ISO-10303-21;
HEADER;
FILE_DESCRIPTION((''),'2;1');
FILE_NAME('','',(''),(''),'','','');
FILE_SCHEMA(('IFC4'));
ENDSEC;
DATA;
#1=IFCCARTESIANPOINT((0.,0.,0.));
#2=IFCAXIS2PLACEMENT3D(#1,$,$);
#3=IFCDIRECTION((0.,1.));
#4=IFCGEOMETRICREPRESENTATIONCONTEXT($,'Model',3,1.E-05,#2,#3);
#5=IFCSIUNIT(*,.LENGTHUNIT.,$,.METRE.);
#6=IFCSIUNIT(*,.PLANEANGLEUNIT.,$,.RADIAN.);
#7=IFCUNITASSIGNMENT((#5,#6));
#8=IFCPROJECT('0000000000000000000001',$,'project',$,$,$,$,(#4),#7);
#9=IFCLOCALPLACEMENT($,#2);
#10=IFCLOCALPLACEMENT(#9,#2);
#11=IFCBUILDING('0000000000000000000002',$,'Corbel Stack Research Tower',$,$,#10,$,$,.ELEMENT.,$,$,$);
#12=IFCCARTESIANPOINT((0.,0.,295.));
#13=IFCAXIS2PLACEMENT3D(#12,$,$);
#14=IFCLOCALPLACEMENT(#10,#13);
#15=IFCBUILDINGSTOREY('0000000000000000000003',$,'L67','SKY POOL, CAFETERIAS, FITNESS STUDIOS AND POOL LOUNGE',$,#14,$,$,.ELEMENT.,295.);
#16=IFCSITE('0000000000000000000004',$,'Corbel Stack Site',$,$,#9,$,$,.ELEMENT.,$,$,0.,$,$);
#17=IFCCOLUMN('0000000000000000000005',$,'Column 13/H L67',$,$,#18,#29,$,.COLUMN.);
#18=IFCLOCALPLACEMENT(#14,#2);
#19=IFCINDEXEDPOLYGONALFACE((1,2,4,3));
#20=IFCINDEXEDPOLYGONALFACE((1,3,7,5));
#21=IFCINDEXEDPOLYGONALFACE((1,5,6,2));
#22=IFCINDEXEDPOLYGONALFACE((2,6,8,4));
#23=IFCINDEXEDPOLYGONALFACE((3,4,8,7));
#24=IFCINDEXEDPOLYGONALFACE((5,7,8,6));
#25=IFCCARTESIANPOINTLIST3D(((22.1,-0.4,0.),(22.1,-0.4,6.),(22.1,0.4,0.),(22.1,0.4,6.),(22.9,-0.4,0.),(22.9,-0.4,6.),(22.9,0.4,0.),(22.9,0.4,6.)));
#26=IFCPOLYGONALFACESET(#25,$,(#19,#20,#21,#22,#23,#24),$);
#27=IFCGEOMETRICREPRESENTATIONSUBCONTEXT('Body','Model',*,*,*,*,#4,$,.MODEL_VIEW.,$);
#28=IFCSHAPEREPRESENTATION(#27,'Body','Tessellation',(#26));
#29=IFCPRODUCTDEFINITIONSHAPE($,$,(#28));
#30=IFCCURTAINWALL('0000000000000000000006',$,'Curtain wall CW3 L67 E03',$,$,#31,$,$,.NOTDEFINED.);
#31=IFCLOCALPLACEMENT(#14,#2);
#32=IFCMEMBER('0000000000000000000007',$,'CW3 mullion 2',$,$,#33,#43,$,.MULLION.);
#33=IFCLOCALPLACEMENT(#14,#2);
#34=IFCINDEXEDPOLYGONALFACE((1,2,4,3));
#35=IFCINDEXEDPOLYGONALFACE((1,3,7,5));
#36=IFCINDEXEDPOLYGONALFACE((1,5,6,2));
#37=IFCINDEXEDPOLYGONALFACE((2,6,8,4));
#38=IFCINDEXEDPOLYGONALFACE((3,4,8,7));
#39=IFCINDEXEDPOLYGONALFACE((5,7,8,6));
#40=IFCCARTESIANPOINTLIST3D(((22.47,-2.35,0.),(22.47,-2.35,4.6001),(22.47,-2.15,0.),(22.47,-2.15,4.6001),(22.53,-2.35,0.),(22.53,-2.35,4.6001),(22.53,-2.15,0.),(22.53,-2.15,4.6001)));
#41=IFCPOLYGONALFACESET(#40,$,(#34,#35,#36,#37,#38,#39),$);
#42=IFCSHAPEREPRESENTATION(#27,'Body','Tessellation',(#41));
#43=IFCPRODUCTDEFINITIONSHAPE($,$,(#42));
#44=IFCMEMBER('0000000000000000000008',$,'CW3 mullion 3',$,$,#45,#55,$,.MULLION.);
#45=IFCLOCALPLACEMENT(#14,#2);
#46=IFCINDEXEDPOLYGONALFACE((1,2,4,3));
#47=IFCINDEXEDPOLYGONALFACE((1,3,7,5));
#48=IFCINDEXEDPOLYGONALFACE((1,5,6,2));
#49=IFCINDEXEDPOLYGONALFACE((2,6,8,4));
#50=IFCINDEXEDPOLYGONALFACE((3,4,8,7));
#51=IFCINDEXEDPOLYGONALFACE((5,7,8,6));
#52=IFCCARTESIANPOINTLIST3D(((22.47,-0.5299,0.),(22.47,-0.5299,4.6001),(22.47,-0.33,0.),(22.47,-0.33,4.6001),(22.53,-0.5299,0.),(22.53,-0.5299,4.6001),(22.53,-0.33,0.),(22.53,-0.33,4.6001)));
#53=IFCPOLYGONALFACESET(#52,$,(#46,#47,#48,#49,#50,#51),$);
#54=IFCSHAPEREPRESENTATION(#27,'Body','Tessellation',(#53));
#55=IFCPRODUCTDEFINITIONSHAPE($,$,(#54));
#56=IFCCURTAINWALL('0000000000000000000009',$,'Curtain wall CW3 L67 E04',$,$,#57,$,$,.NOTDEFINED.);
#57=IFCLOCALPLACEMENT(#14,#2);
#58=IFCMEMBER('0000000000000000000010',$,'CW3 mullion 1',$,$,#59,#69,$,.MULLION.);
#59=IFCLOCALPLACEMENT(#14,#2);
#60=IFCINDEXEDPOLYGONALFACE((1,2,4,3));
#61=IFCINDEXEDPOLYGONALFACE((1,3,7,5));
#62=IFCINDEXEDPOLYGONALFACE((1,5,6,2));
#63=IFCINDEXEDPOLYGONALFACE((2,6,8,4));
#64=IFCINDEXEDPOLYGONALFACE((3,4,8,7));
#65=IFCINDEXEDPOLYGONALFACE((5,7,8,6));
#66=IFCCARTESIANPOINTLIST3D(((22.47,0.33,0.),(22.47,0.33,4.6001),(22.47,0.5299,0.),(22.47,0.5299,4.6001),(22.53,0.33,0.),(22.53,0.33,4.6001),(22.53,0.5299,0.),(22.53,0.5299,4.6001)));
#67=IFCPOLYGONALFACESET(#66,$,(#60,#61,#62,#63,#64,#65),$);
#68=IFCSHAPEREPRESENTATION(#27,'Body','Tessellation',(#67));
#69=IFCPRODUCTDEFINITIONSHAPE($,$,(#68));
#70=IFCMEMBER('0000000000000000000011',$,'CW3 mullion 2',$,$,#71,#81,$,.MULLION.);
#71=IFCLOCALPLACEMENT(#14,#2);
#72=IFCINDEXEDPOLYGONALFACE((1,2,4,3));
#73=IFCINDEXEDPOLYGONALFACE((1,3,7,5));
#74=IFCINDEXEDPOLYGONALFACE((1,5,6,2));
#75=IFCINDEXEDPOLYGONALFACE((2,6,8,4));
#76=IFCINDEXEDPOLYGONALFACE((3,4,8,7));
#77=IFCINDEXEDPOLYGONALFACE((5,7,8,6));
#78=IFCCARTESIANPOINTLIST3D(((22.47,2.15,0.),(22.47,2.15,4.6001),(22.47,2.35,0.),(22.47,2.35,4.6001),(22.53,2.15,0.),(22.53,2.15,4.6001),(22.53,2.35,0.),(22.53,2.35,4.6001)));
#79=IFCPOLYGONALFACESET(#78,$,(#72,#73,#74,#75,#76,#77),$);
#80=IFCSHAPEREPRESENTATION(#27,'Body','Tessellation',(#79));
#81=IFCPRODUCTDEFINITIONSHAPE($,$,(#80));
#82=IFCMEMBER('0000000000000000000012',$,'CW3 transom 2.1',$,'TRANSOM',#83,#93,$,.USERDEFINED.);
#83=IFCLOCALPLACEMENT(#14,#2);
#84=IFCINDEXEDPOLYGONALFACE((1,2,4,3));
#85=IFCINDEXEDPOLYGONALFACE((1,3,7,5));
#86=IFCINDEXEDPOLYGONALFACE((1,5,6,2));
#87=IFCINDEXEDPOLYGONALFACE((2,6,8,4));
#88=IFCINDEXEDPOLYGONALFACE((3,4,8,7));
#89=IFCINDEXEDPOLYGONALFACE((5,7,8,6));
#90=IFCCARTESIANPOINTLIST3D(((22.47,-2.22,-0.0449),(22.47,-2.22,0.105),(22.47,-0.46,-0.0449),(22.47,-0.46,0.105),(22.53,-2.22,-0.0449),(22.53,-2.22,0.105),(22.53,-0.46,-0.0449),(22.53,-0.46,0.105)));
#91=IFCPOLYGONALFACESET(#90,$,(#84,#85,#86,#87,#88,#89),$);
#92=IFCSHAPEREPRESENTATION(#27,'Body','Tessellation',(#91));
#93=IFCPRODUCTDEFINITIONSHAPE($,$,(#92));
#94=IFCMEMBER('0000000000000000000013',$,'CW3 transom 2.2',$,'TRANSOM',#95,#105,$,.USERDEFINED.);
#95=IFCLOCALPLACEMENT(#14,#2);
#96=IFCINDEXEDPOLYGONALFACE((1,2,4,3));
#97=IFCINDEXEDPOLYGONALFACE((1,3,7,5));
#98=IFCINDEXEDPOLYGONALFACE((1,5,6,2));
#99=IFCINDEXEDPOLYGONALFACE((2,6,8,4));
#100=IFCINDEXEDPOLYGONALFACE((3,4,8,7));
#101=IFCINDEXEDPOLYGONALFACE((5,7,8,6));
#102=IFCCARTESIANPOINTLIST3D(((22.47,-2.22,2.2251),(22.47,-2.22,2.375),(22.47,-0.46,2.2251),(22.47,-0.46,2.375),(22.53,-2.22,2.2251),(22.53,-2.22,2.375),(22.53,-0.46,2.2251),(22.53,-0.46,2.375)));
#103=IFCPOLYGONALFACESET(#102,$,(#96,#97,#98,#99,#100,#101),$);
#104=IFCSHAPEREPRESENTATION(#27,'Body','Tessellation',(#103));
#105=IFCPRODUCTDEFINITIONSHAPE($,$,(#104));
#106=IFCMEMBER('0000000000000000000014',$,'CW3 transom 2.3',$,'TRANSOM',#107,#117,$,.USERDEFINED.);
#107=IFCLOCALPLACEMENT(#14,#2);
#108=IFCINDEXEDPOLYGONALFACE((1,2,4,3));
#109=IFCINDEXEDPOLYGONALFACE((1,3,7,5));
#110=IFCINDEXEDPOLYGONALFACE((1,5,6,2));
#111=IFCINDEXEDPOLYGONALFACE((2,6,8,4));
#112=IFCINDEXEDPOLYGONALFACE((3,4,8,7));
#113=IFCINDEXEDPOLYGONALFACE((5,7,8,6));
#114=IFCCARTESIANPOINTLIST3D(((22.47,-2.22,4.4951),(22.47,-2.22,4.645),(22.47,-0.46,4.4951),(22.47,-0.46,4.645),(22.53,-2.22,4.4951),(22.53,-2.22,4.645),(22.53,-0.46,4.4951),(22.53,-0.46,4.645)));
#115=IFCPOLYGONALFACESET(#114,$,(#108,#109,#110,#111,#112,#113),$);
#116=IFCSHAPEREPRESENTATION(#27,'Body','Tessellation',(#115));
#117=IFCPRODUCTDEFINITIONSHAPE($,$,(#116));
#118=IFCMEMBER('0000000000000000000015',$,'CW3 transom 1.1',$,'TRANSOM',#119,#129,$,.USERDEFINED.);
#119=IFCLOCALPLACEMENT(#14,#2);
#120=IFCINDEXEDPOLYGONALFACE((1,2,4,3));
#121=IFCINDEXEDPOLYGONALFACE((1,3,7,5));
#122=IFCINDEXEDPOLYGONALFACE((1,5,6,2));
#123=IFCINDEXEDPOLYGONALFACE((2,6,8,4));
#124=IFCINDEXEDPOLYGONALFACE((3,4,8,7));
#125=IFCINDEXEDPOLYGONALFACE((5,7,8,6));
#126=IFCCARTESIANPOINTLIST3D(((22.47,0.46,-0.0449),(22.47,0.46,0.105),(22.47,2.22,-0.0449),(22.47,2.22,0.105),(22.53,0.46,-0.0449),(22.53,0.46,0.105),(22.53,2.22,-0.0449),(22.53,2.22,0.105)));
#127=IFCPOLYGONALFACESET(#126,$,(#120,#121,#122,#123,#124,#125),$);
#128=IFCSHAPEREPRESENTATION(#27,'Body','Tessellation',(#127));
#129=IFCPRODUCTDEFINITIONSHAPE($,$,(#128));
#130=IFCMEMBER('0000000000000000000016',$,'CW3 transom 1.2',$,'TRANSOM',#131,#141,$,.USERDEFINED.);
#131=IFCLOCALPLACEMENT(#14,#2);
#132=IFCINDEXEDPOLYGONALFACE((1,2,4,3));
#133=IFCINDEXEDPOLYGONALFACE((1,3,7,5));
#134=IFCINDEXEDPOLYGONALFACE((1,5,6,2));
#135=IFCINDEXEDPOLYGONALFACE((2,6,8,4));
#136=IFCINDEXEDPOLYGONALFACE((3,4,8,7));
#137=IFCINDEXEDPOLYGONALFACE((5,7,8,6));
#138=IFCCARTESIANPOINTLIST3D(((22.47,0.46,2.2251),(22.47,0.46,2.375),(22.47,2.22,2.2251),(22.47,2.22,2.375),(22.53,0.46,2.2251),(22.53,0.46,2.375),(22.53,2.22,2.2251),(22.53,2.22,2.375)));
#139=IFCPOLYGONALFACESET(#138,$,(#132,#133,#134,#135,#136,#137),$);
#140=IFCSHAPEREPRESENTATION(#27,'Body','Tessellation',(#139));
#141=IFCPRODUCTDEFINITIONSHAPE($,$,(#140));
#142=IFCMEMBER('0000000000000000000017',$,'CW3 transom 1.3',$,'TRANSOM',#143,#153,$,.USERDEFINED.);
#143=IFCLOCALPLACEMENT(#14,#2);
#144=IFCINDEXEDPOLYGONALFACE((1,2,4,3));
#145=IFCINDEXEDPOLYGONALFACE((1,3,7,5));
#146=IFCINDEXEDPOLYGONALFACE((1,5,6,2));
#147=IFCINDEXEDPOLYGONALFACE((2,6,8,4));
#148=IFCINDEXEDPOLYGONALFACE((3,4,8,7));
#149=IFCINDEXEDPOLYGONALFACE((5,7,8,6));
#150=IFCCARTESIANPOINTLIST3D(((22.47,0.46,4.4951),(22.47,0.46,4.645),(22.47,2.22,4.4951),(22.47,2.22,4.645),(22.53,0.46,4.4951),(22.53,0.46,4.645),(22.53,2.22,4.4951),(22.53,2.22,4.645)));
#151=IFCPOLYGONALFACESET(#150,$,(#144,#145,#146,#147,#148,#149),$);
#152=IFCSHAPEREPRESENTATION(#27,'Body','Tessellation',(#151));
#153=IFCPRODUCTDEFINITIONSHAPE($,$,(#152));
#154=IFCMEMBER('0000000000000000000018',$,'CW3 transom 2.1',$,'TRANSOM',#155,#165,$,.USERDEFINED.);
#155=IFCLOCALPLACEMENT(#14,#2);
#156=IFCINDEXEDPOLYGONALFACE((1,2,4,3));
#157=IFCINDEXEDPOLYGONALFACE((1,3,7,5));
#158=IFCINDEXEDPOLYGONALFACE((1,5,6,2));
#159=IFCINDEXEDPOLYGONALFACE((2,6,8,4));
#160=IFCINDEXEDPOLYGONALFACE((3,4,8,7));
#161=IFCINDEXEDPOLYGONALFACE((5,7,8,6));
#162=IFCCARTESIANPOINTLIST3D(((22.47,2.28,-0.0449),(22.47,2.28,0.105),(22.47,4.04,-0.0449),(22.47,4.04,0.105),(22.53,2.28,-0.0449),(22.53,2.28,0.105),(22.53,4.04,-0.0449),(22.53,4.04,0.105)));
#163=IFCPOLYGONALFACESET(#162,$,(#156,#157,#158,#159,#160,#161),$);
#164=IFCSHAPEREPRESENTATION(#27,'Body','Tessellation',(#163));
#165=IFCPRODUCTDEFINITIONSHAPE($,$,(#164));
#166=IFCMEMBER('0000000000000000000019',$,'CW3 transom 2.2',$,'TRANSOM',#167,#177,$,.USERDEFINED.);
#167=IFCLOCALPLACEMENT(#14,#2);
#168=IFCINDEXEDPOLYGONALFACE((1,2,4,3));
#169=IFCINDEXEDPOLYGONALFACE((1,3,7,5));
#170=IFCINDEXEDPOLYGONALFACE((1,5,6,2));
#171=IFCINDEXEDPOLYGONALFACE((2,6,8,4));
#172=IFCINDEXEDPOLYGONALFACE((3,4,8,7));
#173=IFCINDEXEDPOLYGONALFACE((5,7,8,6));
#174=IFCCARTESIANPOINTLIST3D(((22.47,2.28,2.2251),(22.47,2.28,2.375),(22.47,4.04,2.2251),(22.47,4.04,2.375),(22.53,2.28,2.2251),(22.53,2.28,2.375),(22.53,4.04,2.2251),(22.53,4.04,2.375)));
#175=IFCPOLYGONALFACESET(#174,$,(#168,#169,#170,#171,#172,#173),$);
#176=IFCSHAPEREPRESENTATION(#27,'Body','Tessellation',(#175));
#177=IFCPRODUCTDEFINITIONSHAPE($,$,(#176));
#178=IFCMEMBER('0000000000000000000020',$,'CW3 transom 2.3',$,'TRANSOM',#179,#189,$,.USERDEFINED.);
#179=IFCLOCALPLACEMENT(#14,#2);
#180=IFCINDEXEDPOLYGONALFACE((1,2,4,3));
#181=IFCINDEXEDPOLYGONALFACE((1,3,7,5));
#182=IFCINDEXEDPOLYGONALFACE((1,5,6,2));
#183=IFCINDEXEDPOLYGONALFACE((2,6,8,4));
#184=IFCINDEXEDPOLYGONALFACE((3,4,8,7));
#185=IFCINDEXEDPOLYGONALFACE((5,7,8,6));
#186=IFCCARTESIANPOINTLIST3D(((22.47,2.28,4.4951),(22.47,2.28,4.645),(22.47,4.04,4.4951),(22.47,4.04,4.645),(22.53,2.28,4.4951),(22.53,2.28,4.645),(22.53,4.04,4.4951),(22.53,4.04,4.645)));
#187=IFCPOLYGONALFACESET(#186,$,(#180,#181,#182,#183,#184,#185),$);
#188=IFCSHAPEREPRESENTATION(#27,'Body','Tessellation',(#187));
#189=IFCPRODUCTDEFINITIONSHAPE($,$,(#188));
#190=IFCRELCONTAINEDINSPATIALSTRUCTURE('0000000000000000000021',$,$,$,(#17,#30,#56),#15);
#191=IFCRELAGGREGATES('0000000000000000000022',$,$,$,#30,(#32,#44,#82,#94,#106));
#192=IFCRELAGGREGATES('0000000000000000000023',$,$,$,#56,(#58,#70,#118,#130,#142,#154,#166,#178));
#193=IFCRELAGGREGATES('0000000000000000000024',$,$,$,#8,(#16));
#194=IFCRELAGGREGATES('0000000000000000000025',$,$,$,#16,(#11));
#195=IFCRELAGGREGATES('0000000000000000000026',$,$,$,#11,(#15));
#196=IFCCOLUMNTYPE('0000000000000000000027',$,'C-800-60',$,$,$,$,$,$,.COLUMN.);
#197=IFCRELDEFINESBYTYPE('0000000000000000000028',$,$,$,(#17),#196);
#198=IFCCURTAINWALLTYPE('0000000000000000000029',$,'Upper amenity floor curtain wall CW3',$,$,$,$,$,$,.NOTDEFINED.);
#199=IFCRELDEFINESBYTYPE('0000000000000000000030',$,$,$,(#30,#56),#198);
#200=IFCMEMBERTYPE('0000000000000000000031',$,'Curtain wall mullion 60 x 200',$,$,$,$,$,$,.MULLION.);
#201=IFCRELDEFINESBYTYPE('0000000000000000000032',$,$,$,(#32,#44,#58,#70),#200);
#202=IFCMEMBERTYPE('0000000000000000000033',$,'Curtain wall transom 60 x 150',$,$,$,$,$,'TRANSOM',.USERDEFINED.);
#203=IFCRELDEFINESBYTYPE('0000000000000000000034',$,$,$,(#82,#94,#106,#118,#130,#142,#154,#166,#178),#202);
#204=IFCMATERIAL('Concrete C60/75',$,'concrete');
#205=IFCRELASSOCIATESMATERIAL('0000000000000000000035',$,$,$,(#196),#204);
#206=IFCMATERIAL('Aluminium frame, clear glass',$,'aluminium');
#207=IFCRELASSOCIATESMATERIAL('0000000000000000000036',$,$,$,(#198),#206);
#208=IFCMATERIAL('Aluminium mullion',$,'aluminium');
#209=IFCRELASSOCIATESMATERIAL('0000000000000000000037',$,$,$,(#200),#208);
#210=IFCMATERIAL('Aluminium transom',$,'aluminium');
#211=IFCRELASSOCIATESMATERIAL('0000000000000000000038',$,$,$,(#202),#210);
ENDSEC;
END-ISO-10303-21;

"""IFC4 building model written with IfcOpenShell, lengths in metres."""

from ifc_helpers import new_model, si_unit, direction, frame, origin, origin_2d, place, context, subcontext, project, spatial, rectangle, extrude, material, material_profile, profile_set, type_object, element, aggregate, save


model = new_model("IFC4")

# Units and contexts
model_context = context("Model", 3, precision=1e-05, world=origin(), true_north=direction((0.0, 1.0)))
body_context = subcontext(model_context, "Body", "Model", "MODEL_VIEW")
ifc_project = project(units=[si_unit("LENGTHUNIT", "METRE"), si_unit("PLANEANGLEUNIT", "RADIAN")], contexts=[model_context])

# Site, building, storey
site_placement = place(None, origin())
site = spatial("IfcSite", under=ifc_project, at=site_placement, Name="Corbel Stack Site", CompositionType="ELEMENT", RefElevation=0.0)
building_placement = place(site_placement, origin())
building = spatial("IfcBuilding", under=site, at=building_placement, Name="Corbel Stack Research Tower", CompositionType="ELEMENT")
storey_placement = place(building_placement, frame((0.0, 0.0, 295.0)))
storey = spatial("IfcBuildingStorey", under=building, at=storey_placement, Name="L67", Description="SKY POOL, CAFETERIAS, FITNESS STUDIOS AND POOL LOUNGE", CompositionType="ELEMENT", Elevation=295.0)

# Column
ifc_material_1 = material(Name="Concrete C60/75", Category="concrete")
ifc_material_profile_1 = material_profile(ifc_material_1, rectangle(XDim=0.8, YDim=0.8, at=origin_2d()), Name="RC 800 x 800")
ifc_profile_set_1 = profile_set([ifc_material_profile_1], Name="Concrete C60/75")
column_type = type_object("IfcColumnType", Name="C-800-60", PredefinedType="COLUMN", material=ifc_profile_set_1)
column_placement = place(storey_placement, frame((22.5, 0.0, 0.0), z_axis=(0.0, 0.0, 1.0), x_axis=(1.0, 0.0, 0.0)))
element("IfcColumn", 1, at=column_placement, inside=storey, type_object=column_type, Name="Column 13/H L67", PredefinedType="COLUMN", context=body_context, shape_type="SweptSolid", body=[
    extrude(rectangle(XDim=0.8, YDim=0.8, at=origin_2d()), origin(), (0.0, 0.0, 1.0), 6.0),
])

# Curtain walls, members
ifc_material_2 = material(Name="Aluminium frame, clear glass", Category="aluminium")
curtain_wall_type = type_object("IfcCurtainWallType", Name="Upper amenity floor curtain wall CW3", PredefinedType="NOTDEFINED", material=ifc_material_2)
curtain_wall_1_placement = place(storey_placement, origin())
curtain_wall_1 = element("IfcCurtainWall", 2, at=curtain_wall_1_placement, inside=storey, type_object=curtain_wall_type, Name="Curtain wall CW3 L67 E03", PredefinedType="NOTDEFINED")
ifc_material_3 = material(Name="Aluminium mullion", Category="aluminium")
ifc_material_profile_2 = material_profile(ifc_material_3, rectangle(XDim=0.0601, YDim=0.2, at=origin_2d()), Name="Mullion 60 x 200")
ifc_profile_set_2 = profile_set([ifc_material_profile_2], Name="Aluminium mullion")
member_type_1 = type_object("IfcMemberType", Name="Curtain wall mullion 60 x 200", PredefinedType="MULLION", material=ifc_profile_set_2)
member_1_placement = place(storey_placement, frame((22.5, -2.25, 0.0), z_axis=(0.0, 0.0, 1.0), x_axis=(-1.0, 0.0, 0.0)))
member_1 = element("IfcMember", 3, at=member_1_placement, type_object=member_type_1, Name="CW3 mullion 2", PredefinedType="MULLION", context=body_context, shape_type="SweptSolid", body=[
    extrude(rectangle(XDim=0.0601, YDim=0.2, at=origin_2d()), origin(), (0.0, 0.0, 1.0), 4.6001),
])
member_2_placement = place(storey_placement, frame((22.5, -0.4299, 0.0), z_axis=(0.0, 0.0, 1.0), x_axis=(-1.0, 0.0, 0.0)))
member_2 = element("IfcMember", 4, at=member_2_placement, type_object=member_type_1, Name="CW3 mullion 3", PredefinedType="MULLION", context=body_context, shape_type="SweptSolid", body=[
    extrude(rectangle(XDim=0.0601, YDim=0.2, at=origin_2d()), origin(), (0.0, 0.0, 1.0), 4.6001),
])
curtain_wall_2_placement = place(storey_placement, origin())
curtain_wall_2 = element("IfcCurtainWall", 5, at=curtain_wall_2_placement, inside=storey, type_object=curtain_wall_type, Name="Curtain wall CW3 L67 E04", PredefinedType="NOTDEFINED")
member_3_placement = place(storey_placement, frame((22.5, 0.4299, 0.0), z_axis=(0.0, 0.0, 1.0), x_axis=(-1.0, 0.0, 0.0)))
member_3 = element("IfcMember", 6, at=member_3_placement, type_object=member_type_1, Name="CW3 mullion 1", PredefinedType="MULLION", context=body_context, shape_type="SweptSolid", body=[
    extrude(rectangle(XDim=0.0601, YDim=0.2, at=origin_2d()), origin(), (0.0, 0.0, 1.0), 4.6001),
])
member_4_placement = place(storey_placement, frame((22.5, 2.25, 0.0), z_axis=(0.0, 0.0, 1.0), x_axis=(-1.0, 0.0, 0.0)))
member_4 = element("IfcMember", 7, at=member_4_placement, type_object=member_type_1, Name="CW3 mullion 2", PredefinedType="MULLION", context=body_context, shape_type="SweptSolid", body=[
    extrude(rectangle(XDim=0.0601, YDim=0.2, at=origin_2d()), origin(), (0.0, 0.0, 1.0), 4.6001),
])

# Members
ifc_material_4 = material(Name="Aluminium transom", Category="aluminium")
ifc_material_profile_3 = material_profile(ifc_material_4, rectangle(XDim=0.0601, YDim=0.1499, at=origin_2d()), Name="Transom 60 x 150")
ifc_profile_set_3 = profile_set([ifc_material_profile_3], Name="Aluminium transom")
member_type_2 = type_object("IfcMemberType", Name="Curtain wall transom 60 x 150", ElementType="TRANSOM", PredefinedType="USERDEFINED", material=ifc_profile_set_3)
member_5_placement = place(storey_placement, frame((22.5, -2.22, 0.03), z_axis=(0.0, 1.0, 0.0), x_axis=(-1.0, 0.0, 0.0)))
member_5 = element("IfcMember", 8, at=member_5_placement, type_object=member_type_2, Name="CW3 transom 2.1", ObjectType="TRANSOM", PredefinedType="USERDEFINED", context=body_context, shape_type="SweptSolid", body=[
    extrude(rectangle(XDim=0.0601, YDim=0.1499, at=origin_2d()), origin(), (0.0, 0.0, 1.0), 1.76),
])
member_6_placement = place(storey_placement, frame((22.5, -2.22, 2.3), z_axis=(0.0, 1.0, 0.0), x_axis=(-1.0, 0.0, 0.0)))
member_6 = element("IfcMember", 9, at=member_6_placement, type_object=member_type_2, Name="CW3 transom 2.2", ObjectType="TRANSOM", PredefinedType="USERDEFINED", context=body_context, shape_type="SweptSolid", body=[
    extrude(rectangle(XDim=0.0601, YDim=0.1499, at=origin_2d()), origin(), (0.0, 0.0, 1.0), 1.76),
])
member_7_placement = place(storey_placement, frame((22.5, -2.22, 4.5701), z_axis=(0.0, 1.0, 0.0), x_axis=(-1.0, 0.0, 0.0)))
member_7 = element("IfcMember", 10, at=member_7_placement, type_object=member_type_2, Name="CW3 transom 2.3", ObjectType="TRANSOM", PredefinedType="USERDEFINED", context=body_context, shape_type="SweptSolid", body=[
    extrude(rectangle(XDim=0.0601, YDim=0.1499, at=origin_2d()), origin(), (0.0, 0.0, 1.0), 1.76),
])
member_8_placement = place(storey_placement, frame((22.5, 0.46, 0.03), z_axis=(0.0, 1.0, 0.0), x_axis=(-1.0, 0.0, 0.0)))
member_8 = element("IfcMember", 11, at=member_8_placement, type_object=member_type_2, Name="CW3 transom 1.1", ObjectType="TRANSOM", PredefinedType="USERDEFINED", context=body_context, shape_type="SweptSolid", body=[
    extrude(rectangle(XDim=0.0601, YDim=0.1499, at=origin_2d()), origin(), (0.0, 0.0, 1.0), 1.76),
])
member_9_placement = place(storey_placement, frame((22.5, 0.46, 2.3), z_axis=(0.0, 1.0, 0.0), x_axis=(-1.0, 0.0, 0.0)))
member_9 = element("IfcMember", 12, at=member_9_placement, type_object=member_type_2, Name="CW3 transom 1.2", ObjectType="TRANSOM", PredefinedType="USERDEFINED", context=body_context, shape_type="SweptSolid", body=[
    extrude(rectangle(XDim=0.0601, YDim=0.1499, at=origin_2d()), origin(), (0.0, 0.0, 1.0), 1.76),
])
member_10_placement = place(storey_placement, frame((22.5, 0.46, 4.5701), z_axis=(0.0, 1.0, 0.0), x_axis=(-1.0, 0.0, 0.0)))
member_10 = element("IfcMember", 13, at=member_10_placement, type_object=member_type_2, Name="CW3 transom 1.3", ObjectType="TRANSOM", PredefinedType="USERDEFINED", context=body_context, shape_type="SweptSolid", body=[
    extrude(rectangle(XDim=0.0601, YDim=0.1499, at=origin_2d()), origin(), (0.0, 0.0, 1.0), 1.76),
])
member_11_placement = place(storey_placement, frame((22.5, 2.28, 0.03), z_axis=(0.0, 1.0, 0.0), x_axis=(-1.0, 0.0, 0.0)))
member_11 = element("IfcMember", 14, at=member_11_placement, type_object=member_type_2, Name="CW3 transom 2.1", ObjectType="TRANSOM", PredefinedType="USERDEFINED", context=body_context, shape_type="SweptSolid", body=[
    extrude(rectangle(XDim=0.0601, YDim=0.1499, at=origin_2d()), origin(), (0.0, 0.0, 1.0), 1.76),
])
member_12_placement = place(storey_placement, frame((22.5, 2.28, 2.3), z_axis=(0.0, 1.0, 0.0), x_axis=(-1.0, 0.0, 0.0)))
member_12 = element("IfcMember", 15, at=member_12_placement, type_object=member_type_2, Name="CW3 transom 2.2", ObjectType="TRANSOM", PredefinedType="USERDEFINED", context=body_context, shape_type="SweptSolid", body=[
    extrude(rectangle(XDim=0.0601, YDim=0.1499, at=origin_2d()), origin(), (0.0, 0.0, 1.0), 1.76),
])
member_13_placement = place(storey_placement, frame((22.5, 2.28, 4.5701), z_axis=(0.0, 1.0, 0.0), x_axis=(-1.0, 0.0, 0.0)))
member_13 = element("IfcMember", 16, at=member_13_placement, type_object=member_type_2, Name="CW3 transom 2.3", ObjectType="TRANSOM", PredefinedType="USERDEFINED", context=body_context, shape_type="SweptSolid", body=[
    extrude(rectangle(XDim=0.0601, YDim=0.1499, at=origin_2d()), origin(), (0.0, 0.0, 1.0), 1.76),
])

aggregate(curtain_wall_1, [member_1, member_2, member_5, member_6, member_7])
aggregate(curtain_wall_2, [member_3, member_4, member_8, member_9, member_10, member_11, member_12, member_13])

save(model, "model.ifc")
